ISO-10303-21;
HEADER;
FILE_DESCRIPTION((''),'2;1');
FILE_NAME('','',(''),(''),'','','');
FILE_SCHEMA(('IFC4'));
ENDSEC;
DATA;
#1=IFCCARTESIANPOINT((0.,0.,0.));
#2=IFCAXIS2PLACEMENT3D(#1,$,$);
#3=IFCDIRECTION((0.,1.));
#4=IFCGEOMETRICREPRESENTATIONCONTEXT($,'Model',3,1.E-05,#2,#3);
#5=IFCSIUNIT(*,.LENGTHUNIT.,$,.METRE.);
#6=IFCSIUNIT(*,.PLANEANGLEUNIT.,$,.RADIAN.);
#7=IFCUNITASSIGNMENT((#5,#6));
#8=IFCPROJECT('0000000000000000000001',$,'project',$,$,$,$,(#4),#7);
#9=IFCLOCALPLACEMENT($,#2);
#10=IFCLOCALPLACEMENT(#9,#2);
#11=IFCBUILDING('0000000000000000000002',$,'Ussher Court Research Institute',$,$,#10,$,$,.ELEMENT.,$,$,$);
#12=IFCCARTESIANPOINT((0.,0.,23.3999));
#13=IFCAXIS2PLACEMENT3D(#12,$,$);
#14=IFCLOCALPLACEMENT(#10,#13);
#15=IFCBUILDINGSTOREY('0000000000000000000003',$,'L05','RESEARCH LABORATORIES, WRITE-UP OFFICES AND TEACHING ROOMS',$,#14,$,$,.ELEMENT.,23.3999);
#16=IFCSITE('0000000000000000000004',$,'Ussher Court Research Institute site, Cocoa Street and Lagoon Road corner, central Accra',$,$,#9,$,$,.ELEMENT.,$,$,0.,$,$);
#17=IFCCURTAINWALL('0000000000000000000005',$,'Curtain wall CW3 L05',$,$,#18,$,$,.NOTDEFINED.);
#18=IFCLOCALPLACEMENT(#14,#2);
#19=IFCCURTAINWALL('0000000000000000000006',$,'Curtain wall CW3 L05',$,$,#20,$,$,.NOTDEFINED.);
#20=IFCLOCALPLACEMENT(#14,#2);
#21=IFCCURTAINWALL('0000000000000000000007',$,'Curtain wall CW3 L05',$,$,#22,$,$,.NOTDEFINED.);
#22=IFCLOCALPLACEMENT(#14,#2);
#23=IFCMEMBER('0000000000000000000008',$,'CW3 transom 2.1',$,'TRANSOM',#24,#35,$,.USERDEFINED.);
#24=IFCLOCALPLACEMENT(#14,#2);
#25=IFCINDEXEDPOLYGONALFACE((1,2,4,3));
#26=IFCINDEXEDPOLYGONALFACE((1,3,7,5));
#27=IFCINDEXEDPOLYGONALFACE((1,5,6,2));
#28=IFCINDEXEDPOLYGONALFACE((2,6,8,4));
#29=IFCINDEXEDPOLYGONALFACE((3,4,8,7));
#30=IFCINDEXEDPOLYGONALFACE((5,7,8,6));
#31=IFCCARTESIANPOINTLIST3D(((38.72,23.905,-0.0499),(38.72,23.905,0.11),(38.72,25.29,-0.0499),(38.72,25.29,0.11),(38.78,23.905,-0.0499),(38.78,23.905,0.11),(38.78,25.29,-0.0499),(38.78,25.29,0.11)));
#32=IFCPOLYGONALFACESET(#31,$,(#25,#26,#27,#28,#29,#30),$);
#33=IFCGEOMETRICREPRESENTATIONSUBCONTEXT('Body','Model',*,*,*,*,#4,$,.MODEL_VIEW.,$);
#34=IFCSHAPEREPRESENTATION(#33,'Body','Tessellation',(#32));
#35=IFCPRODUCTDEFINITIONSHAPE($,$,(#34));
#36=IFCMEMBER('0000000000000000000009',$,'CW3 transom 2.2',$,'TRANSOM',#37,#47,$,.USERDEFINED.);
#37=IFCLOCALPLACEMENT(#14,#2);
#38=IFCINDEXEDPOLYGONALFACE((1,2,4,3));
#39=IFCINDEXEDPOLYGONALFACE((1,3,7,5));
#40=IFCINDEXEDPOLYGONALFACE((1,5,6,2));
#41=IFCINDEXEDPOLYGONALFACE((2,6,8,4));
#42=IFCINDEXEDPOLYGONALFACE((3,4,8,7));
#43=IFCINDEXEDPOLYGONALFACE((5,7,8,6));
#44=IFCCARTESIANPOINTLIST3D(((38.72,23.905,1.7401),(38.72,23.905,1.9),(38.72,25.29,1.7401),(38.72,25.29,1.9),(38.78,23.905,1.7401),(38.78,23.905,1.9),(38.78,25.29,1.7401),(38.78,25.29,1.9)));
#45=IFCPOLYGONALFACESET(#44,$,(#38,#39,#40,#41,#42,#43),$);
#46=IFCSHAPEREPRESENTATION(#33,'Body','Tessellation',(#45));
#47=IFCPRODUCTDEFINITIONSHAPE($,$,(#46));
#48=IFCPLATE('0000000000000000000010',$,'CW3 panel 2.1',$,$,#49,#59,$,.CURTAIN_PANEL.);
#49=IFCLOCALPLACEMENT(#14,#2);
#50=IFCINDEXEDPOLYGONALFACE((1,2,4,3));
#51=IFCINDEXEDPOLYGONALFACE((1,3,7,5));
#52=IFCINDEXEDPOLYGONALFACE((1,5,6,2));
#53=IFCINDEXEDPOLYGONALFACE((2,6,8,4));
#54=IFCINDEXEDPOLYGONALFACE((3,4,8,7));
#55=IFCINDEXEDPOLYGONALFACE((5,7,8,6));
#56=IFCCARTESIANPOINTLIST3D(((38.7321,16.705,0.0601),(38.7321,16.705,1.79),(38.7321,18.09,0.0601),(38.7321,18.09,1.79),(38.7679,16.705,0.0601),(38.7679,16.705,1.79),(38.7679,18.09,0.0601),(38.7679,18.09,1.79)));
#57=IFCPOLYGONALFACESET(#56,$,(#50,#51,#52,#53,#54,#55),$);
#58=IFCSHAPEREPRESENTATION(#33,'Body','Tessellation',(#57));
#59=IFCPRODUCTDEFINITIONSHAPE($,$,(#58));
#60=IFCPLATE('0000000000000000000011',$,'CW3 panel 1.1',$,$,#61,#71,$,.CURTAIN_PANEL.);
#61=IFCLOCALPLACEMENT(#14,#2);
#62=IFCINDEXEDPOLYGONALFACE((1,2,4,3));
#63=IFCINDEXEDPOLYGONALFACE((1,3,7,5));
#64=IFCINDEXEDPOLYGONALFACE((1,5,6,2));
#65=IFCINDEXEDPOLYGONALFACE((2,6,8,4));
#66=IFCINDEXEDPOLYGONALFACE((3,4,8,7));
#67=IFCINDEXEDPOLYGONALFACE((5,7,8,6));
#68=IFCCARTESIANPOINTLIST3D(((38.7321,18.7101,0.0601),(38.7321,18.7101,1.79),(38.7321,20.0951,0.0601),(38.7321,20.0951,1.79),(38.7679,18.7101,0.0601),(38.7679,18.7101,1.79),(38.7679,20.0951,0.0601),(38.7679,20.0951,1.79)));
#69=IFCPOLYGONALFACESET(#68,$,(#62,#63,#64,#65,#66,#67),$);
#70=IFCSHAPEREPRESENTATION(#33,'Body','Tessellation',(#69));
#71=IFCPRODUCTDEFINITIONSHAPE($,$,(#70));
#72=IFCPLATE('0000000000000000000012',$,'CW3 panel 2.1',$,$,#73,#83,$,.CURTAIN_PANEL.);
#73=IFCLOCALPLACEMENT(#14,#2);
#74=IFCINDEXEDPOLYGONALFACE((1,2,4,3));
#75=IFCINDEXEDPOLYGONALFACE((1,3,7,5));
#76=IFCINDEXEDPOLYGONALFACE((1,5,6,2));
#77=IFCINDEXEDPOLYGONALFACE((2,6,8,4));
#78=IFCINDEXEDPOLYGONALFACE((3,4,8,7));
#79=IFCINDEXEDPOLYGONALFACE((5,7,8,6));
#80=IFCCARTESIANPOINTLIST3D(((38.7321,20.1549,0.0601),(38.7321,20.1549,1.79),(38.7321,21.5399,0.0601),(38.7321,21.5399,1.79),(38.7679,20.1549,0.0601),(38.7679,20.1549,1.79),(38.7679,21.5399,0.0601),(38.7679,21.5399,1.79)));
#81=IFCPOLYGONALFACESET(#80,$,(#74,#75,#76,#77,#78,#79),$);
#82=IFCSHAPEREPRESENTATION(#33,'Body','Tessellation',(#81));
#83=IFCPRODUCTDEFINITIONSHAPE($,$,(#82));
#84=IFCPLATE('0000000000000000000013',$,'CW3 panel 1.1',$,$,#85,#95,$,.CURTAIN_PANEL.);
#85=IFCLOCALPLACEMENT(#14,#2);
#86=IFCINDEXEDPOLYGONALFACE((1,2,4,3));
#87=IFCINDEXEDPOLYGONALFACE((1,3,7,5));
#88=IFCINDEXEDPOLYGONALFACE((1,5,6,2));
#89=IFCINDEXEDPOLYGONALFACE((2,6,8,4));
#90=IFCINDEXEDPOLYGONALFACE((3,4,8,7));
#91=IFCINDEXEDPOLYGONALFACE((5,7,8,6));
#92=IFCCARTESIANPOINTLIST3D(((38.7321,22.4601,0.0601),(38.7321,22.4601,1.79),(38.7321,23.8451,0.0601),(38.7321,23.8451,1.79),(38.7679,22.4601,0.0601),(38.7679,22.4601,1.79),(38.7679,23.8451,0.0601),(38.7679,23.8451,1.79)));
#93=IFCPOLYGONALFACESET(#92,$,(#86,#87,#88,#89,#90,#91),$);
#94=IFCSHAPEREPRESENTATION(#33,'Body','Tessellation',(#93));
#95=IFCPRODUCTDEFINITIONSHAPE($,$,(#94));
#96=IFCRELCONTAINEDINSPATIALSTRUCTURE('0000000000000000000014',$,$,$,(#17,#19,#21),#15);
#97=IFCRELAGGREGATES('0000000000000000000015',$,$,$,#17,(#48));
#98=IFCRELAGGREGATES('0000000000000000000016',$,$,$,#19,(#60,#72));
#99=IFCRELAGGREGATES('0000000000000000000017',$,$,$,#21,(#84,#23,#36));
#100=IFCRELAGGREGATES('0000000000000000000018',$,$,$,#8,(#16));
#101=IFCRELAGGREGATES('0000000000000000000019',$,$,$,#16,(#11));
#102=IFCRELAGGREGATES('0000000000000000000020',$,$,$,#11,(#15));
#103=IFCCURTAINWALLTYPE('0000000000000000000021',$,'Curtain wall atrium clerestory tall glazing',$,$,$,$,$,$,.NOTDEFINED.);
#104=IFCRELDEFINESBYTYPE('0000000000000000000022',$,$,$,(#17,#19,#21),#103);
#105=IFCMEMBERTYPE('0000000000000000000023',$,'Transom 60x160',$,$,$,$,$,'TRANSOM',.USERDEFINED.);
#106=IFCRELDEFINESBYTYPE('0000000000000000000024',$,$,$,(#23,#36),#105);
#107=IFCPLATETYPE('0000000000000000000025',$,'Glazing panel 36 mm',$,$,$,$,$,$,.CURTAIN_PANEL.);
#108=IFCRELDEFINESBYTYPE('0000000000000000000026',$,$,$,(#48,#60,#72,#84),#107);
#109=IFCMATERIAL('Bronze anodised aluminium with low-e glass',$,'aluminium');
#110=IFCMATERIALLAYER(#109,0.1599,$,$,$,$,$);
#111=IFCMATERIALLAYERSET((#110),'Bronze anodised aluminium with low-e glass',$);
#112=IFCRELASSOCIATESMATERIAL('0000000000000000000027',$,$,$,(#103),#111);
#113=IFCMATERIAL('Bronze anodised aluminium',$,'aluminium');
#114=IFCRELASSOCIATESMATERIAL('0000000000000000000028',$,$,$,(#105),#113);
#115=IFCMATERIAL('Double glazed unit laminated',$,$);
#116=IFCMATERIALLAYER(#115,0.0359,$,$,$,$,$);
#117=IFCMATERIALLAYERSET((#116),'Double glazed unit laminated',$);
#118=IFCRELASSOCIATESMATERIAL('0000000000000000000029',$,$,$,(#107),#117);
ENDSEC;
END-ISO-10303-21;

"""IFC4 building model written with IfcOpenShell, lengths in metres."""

from ifc_helpers import new_model, si_unit, direction, frame, origin, origin_2d, place, context, subcontext, project, spatial, rectangle, extrude, material, layer, layer_set, material_profile, profile_set, type_object, element, aggregate, save


model = new_model("IFC4")

# Units and contexts
model_context = context("Model", 3, precision=1e-05, world=origin(), true_north=direction((0.0, 1.0)))
body_context = subcontext(model_context, "Body", "Model", "MODEL_VIEW")
ifc_project = project(units=[si_unit("LENGTHUNIT", "METRE"), si_unit("PLANEANGLEUNIT", "RADIAN")], contexts=[model_context])

# Site, building, storey
site_placement = place(None, origin())
site = spatial("IfcSite", under=ifc_project, at=site_placement, Name="Ussher Court Research Institute site, Cocoa Street and Lagoon Road corner, central Accra", CompositionType="ELEMENT", RefElevation=0.0)
building_placement = place(site_placement, origin())
building = spatial("IfcBuilding", under=site, at=building_placement, Name="Ussher Court Research Institute", CompositionType="ELEMENT")
storey_placement = place(building_placement, frame((0.0, 0.0, 23.3999)))
storey = spatial("IfcBuildingStorey", under=building, at=storey_placement, Name="L05", Description="RESEARCH LABORATORIES, WRITE-UP OFFICES AND TEACHING ROOMS", CompositionType="ELEMENT", Elevation=23.3999)

# Curtain walls
ifc_material_1 = material(Name="Bronze anodised aluminium with low-e glass", Category="aluminium")
ifc_layer_1 = layer(ifc_material_1, 0.1599)
ifc_layer_set_1 = layer_set([ifc_layer_1], Name="Bronze anodised aluminium with low-e glass")
curtain_wall_type = type_object("IfcCurtainWallType", Name="Curtain wall atrium clerestory tall glazing", PredefinedType="NOTDEFINED", material=ifc_layer_set_1)
curtain_wall_1_placement = place(storey_placement, origin())
curtain_wall_1 = element("IfcCurtainWall", 1, at=curtain_wall_1_placement, inside=storey, type_object=curtain_wall_type, Name="Curtain wall CW3 L05", PredefinedType="NOTDEFINED")
curtain_wall_2_placement = place(storey_placement, origin())
curtain_wall_2 = element("IfcCurtainWall", 2, at=curtain_wall_2_placement, inside=storey, type_object=curtain_wall_type, Name="Curtain wall CW3 L05", PredefinedType="NOTDEFINED")
curtain_wall_3_placement = place(storey_placement, origin())
curtain_wall_3 = element("IfcCurtainWall", 3, at=curtain_wall_3_placement, inside=storey, type_object=curtain_wall_type, Name="Curtain wall CW3 L05", PredefinedType="NOTDEFINED")

# Members
ifc_material_2 = material(Name="Bronze anodised aluminium", Category="aluminium")
ifc_material_profile_1 = material_profile(ifc_material_2, rectangle(XDim=0.0601, YDim=0.1599, at=origin_2d()), Name="Transom 60x160")
ifc_profile_set_1 = profile_set([ifc_material_profile_1], Name="Bronze anodised aluminium")
member_type_1 = type_object("IfcMemberType", Name="Transom 60x160", ElementType="TRANSOM", PredefinedType="USERDEFINED", material=ifc_profile_set_1)
member_1_placement = place(storey_placement, frame((38.75, 23.905, 0.03), z_axis=(0.0, 1.0, 0.0), x_axis=(-1.0, 0.0, 0.0)))
member_1 = element("IfcMember", 4, at=member_1_placement, type_object=member_type_1, Name="CW3 transom 2.1", ObjectType="TRANSOM", PredefinedType="USERDEFINED", context=body_context, shape_type="SweptSolid", body=[
    extrude(rectangle(XDim=0.0601, YDim=0.1599, at=origin_2d()), origin(), (0.0, 0.0, 1.0), 1.385),
])
member_2_placement = place(storey_placement, frame((38.75, 23.905, 1.8201), z_axis=(0.0, 1.0, 0.0), x_axis=(-1.0, 0.0, 0.0)))
member_2 = element("IfcMember", 5, at=member_2_placement, type_object=member_type_1, Name="CW3 transom 2.2", ObjectType="TRANSOM", PredefinedType="USERDEFINED", context=body_context, shape_type="SweptSolid", body=[
    extrude(rectangle(XDim=0.0601, YDim=0.1599, at=origin_2d()), origin(), (0.0, 0.0, 1.0), 1.385),
])

# Plates
ifc_material_3 = material(Name="Double glazed unit laminated")
ifc_layer_2 = layer(ifc_material_3, 0.0359)
ifc_layer_set_2 = layer_set([ifc_layer_2], Name="Double glazed unit laminated")
plate_type = type_object("IfcPlateType", Name="Glazing panel 36 mm", PredefinedType="CURTAIN_PANEL", material=ifc_layer_set_2)
plate_1_placement = place(storey_placement, frame((38.75, 17.3975, 0.0601), z_axis=(0.0, 0.0, 1.0), x_axis=(0.0, 1.0, 0.0)))
plate_1 = element("IfcPlate", 6, at=plate_1_placement, type_object=plate_type, Name="CW3 panel 2.1", PredefinedType="CURTAIN_PANEL", context=body_context, shape_type="SweptSolid", body=[
    extrude(rectangle(XDim=1.385, YDim=0.0359, at=origin_2d()), origin(), (0.0, 0.0, 1.0), 1.73),
])
aggregate(curtain_wall_1, [plate_1])
plate_2_placement = place(storey_placement, frame((38.75, 19.4026, 0.0601), z_axis=(0.0, 0.0, 1.0), x_axis=(0.0, 1.0, 0.0)))
plate_2 = element("IfcPlate", 7, at=plate_2_placement, type_object=plate_type, Name="CW3 panel 1.1", PredefinedType="CURTAIN_PANEL", context=body_context, shape_type="SweptSolid", body=[
    extrude(rectangle(XDim=1.385, YDim=0.0359, at=origin_2d()), origin(), (0.0, 0.0, 1.0), 1.73),
])
plate_3_placement = place(storey_placement, frame((38.75, 20.8474, 0.0601), z_axis=(0.0, 0.0, 1.0), x_axis=(0.0, 1.0, 0.0)))
plate_3 = element("IfcPlate", 8, at=plate_3_placement, type_object=plate_type, Name="CW3 panel 2.1", PredefinedType="CURTAIN_PANEL", context=body_context, shape_type="SweptSolid", body=[
    extrude(rectangle(XDim=1.385, YDim=0.0359, at=origin_2d()), origin(), (0.0, 0.0, 1.0), 1.73),
])
aggregate(curtain_wall_2, [plate_2, plate_3])
plate_4_placement = place(storey_placement, frame((38.75, 23.1526, 0.0601), z_axis=(0.0, 0.0, 1.0), x_axis=(0.0, 1.0, 0.0)))
plate_4 = element("IfcPlate", 9, at=plate_4_placement, type_object=plate_type, Name="CW3 panel 1.1", PredefinedType="CURTAIN_PANEL", context=body_context, shape_type="SweptSolid", body=[
    extrude(rectangle(XDim=1.385, YDim=0.0359, at=origin_2d()), origin(), (0.0, 0.0, 1.0), 1.73),
])
aggregate(curtain_wall_3, [plate_4, member_1, member_2])

save(model, "model.ifc")
